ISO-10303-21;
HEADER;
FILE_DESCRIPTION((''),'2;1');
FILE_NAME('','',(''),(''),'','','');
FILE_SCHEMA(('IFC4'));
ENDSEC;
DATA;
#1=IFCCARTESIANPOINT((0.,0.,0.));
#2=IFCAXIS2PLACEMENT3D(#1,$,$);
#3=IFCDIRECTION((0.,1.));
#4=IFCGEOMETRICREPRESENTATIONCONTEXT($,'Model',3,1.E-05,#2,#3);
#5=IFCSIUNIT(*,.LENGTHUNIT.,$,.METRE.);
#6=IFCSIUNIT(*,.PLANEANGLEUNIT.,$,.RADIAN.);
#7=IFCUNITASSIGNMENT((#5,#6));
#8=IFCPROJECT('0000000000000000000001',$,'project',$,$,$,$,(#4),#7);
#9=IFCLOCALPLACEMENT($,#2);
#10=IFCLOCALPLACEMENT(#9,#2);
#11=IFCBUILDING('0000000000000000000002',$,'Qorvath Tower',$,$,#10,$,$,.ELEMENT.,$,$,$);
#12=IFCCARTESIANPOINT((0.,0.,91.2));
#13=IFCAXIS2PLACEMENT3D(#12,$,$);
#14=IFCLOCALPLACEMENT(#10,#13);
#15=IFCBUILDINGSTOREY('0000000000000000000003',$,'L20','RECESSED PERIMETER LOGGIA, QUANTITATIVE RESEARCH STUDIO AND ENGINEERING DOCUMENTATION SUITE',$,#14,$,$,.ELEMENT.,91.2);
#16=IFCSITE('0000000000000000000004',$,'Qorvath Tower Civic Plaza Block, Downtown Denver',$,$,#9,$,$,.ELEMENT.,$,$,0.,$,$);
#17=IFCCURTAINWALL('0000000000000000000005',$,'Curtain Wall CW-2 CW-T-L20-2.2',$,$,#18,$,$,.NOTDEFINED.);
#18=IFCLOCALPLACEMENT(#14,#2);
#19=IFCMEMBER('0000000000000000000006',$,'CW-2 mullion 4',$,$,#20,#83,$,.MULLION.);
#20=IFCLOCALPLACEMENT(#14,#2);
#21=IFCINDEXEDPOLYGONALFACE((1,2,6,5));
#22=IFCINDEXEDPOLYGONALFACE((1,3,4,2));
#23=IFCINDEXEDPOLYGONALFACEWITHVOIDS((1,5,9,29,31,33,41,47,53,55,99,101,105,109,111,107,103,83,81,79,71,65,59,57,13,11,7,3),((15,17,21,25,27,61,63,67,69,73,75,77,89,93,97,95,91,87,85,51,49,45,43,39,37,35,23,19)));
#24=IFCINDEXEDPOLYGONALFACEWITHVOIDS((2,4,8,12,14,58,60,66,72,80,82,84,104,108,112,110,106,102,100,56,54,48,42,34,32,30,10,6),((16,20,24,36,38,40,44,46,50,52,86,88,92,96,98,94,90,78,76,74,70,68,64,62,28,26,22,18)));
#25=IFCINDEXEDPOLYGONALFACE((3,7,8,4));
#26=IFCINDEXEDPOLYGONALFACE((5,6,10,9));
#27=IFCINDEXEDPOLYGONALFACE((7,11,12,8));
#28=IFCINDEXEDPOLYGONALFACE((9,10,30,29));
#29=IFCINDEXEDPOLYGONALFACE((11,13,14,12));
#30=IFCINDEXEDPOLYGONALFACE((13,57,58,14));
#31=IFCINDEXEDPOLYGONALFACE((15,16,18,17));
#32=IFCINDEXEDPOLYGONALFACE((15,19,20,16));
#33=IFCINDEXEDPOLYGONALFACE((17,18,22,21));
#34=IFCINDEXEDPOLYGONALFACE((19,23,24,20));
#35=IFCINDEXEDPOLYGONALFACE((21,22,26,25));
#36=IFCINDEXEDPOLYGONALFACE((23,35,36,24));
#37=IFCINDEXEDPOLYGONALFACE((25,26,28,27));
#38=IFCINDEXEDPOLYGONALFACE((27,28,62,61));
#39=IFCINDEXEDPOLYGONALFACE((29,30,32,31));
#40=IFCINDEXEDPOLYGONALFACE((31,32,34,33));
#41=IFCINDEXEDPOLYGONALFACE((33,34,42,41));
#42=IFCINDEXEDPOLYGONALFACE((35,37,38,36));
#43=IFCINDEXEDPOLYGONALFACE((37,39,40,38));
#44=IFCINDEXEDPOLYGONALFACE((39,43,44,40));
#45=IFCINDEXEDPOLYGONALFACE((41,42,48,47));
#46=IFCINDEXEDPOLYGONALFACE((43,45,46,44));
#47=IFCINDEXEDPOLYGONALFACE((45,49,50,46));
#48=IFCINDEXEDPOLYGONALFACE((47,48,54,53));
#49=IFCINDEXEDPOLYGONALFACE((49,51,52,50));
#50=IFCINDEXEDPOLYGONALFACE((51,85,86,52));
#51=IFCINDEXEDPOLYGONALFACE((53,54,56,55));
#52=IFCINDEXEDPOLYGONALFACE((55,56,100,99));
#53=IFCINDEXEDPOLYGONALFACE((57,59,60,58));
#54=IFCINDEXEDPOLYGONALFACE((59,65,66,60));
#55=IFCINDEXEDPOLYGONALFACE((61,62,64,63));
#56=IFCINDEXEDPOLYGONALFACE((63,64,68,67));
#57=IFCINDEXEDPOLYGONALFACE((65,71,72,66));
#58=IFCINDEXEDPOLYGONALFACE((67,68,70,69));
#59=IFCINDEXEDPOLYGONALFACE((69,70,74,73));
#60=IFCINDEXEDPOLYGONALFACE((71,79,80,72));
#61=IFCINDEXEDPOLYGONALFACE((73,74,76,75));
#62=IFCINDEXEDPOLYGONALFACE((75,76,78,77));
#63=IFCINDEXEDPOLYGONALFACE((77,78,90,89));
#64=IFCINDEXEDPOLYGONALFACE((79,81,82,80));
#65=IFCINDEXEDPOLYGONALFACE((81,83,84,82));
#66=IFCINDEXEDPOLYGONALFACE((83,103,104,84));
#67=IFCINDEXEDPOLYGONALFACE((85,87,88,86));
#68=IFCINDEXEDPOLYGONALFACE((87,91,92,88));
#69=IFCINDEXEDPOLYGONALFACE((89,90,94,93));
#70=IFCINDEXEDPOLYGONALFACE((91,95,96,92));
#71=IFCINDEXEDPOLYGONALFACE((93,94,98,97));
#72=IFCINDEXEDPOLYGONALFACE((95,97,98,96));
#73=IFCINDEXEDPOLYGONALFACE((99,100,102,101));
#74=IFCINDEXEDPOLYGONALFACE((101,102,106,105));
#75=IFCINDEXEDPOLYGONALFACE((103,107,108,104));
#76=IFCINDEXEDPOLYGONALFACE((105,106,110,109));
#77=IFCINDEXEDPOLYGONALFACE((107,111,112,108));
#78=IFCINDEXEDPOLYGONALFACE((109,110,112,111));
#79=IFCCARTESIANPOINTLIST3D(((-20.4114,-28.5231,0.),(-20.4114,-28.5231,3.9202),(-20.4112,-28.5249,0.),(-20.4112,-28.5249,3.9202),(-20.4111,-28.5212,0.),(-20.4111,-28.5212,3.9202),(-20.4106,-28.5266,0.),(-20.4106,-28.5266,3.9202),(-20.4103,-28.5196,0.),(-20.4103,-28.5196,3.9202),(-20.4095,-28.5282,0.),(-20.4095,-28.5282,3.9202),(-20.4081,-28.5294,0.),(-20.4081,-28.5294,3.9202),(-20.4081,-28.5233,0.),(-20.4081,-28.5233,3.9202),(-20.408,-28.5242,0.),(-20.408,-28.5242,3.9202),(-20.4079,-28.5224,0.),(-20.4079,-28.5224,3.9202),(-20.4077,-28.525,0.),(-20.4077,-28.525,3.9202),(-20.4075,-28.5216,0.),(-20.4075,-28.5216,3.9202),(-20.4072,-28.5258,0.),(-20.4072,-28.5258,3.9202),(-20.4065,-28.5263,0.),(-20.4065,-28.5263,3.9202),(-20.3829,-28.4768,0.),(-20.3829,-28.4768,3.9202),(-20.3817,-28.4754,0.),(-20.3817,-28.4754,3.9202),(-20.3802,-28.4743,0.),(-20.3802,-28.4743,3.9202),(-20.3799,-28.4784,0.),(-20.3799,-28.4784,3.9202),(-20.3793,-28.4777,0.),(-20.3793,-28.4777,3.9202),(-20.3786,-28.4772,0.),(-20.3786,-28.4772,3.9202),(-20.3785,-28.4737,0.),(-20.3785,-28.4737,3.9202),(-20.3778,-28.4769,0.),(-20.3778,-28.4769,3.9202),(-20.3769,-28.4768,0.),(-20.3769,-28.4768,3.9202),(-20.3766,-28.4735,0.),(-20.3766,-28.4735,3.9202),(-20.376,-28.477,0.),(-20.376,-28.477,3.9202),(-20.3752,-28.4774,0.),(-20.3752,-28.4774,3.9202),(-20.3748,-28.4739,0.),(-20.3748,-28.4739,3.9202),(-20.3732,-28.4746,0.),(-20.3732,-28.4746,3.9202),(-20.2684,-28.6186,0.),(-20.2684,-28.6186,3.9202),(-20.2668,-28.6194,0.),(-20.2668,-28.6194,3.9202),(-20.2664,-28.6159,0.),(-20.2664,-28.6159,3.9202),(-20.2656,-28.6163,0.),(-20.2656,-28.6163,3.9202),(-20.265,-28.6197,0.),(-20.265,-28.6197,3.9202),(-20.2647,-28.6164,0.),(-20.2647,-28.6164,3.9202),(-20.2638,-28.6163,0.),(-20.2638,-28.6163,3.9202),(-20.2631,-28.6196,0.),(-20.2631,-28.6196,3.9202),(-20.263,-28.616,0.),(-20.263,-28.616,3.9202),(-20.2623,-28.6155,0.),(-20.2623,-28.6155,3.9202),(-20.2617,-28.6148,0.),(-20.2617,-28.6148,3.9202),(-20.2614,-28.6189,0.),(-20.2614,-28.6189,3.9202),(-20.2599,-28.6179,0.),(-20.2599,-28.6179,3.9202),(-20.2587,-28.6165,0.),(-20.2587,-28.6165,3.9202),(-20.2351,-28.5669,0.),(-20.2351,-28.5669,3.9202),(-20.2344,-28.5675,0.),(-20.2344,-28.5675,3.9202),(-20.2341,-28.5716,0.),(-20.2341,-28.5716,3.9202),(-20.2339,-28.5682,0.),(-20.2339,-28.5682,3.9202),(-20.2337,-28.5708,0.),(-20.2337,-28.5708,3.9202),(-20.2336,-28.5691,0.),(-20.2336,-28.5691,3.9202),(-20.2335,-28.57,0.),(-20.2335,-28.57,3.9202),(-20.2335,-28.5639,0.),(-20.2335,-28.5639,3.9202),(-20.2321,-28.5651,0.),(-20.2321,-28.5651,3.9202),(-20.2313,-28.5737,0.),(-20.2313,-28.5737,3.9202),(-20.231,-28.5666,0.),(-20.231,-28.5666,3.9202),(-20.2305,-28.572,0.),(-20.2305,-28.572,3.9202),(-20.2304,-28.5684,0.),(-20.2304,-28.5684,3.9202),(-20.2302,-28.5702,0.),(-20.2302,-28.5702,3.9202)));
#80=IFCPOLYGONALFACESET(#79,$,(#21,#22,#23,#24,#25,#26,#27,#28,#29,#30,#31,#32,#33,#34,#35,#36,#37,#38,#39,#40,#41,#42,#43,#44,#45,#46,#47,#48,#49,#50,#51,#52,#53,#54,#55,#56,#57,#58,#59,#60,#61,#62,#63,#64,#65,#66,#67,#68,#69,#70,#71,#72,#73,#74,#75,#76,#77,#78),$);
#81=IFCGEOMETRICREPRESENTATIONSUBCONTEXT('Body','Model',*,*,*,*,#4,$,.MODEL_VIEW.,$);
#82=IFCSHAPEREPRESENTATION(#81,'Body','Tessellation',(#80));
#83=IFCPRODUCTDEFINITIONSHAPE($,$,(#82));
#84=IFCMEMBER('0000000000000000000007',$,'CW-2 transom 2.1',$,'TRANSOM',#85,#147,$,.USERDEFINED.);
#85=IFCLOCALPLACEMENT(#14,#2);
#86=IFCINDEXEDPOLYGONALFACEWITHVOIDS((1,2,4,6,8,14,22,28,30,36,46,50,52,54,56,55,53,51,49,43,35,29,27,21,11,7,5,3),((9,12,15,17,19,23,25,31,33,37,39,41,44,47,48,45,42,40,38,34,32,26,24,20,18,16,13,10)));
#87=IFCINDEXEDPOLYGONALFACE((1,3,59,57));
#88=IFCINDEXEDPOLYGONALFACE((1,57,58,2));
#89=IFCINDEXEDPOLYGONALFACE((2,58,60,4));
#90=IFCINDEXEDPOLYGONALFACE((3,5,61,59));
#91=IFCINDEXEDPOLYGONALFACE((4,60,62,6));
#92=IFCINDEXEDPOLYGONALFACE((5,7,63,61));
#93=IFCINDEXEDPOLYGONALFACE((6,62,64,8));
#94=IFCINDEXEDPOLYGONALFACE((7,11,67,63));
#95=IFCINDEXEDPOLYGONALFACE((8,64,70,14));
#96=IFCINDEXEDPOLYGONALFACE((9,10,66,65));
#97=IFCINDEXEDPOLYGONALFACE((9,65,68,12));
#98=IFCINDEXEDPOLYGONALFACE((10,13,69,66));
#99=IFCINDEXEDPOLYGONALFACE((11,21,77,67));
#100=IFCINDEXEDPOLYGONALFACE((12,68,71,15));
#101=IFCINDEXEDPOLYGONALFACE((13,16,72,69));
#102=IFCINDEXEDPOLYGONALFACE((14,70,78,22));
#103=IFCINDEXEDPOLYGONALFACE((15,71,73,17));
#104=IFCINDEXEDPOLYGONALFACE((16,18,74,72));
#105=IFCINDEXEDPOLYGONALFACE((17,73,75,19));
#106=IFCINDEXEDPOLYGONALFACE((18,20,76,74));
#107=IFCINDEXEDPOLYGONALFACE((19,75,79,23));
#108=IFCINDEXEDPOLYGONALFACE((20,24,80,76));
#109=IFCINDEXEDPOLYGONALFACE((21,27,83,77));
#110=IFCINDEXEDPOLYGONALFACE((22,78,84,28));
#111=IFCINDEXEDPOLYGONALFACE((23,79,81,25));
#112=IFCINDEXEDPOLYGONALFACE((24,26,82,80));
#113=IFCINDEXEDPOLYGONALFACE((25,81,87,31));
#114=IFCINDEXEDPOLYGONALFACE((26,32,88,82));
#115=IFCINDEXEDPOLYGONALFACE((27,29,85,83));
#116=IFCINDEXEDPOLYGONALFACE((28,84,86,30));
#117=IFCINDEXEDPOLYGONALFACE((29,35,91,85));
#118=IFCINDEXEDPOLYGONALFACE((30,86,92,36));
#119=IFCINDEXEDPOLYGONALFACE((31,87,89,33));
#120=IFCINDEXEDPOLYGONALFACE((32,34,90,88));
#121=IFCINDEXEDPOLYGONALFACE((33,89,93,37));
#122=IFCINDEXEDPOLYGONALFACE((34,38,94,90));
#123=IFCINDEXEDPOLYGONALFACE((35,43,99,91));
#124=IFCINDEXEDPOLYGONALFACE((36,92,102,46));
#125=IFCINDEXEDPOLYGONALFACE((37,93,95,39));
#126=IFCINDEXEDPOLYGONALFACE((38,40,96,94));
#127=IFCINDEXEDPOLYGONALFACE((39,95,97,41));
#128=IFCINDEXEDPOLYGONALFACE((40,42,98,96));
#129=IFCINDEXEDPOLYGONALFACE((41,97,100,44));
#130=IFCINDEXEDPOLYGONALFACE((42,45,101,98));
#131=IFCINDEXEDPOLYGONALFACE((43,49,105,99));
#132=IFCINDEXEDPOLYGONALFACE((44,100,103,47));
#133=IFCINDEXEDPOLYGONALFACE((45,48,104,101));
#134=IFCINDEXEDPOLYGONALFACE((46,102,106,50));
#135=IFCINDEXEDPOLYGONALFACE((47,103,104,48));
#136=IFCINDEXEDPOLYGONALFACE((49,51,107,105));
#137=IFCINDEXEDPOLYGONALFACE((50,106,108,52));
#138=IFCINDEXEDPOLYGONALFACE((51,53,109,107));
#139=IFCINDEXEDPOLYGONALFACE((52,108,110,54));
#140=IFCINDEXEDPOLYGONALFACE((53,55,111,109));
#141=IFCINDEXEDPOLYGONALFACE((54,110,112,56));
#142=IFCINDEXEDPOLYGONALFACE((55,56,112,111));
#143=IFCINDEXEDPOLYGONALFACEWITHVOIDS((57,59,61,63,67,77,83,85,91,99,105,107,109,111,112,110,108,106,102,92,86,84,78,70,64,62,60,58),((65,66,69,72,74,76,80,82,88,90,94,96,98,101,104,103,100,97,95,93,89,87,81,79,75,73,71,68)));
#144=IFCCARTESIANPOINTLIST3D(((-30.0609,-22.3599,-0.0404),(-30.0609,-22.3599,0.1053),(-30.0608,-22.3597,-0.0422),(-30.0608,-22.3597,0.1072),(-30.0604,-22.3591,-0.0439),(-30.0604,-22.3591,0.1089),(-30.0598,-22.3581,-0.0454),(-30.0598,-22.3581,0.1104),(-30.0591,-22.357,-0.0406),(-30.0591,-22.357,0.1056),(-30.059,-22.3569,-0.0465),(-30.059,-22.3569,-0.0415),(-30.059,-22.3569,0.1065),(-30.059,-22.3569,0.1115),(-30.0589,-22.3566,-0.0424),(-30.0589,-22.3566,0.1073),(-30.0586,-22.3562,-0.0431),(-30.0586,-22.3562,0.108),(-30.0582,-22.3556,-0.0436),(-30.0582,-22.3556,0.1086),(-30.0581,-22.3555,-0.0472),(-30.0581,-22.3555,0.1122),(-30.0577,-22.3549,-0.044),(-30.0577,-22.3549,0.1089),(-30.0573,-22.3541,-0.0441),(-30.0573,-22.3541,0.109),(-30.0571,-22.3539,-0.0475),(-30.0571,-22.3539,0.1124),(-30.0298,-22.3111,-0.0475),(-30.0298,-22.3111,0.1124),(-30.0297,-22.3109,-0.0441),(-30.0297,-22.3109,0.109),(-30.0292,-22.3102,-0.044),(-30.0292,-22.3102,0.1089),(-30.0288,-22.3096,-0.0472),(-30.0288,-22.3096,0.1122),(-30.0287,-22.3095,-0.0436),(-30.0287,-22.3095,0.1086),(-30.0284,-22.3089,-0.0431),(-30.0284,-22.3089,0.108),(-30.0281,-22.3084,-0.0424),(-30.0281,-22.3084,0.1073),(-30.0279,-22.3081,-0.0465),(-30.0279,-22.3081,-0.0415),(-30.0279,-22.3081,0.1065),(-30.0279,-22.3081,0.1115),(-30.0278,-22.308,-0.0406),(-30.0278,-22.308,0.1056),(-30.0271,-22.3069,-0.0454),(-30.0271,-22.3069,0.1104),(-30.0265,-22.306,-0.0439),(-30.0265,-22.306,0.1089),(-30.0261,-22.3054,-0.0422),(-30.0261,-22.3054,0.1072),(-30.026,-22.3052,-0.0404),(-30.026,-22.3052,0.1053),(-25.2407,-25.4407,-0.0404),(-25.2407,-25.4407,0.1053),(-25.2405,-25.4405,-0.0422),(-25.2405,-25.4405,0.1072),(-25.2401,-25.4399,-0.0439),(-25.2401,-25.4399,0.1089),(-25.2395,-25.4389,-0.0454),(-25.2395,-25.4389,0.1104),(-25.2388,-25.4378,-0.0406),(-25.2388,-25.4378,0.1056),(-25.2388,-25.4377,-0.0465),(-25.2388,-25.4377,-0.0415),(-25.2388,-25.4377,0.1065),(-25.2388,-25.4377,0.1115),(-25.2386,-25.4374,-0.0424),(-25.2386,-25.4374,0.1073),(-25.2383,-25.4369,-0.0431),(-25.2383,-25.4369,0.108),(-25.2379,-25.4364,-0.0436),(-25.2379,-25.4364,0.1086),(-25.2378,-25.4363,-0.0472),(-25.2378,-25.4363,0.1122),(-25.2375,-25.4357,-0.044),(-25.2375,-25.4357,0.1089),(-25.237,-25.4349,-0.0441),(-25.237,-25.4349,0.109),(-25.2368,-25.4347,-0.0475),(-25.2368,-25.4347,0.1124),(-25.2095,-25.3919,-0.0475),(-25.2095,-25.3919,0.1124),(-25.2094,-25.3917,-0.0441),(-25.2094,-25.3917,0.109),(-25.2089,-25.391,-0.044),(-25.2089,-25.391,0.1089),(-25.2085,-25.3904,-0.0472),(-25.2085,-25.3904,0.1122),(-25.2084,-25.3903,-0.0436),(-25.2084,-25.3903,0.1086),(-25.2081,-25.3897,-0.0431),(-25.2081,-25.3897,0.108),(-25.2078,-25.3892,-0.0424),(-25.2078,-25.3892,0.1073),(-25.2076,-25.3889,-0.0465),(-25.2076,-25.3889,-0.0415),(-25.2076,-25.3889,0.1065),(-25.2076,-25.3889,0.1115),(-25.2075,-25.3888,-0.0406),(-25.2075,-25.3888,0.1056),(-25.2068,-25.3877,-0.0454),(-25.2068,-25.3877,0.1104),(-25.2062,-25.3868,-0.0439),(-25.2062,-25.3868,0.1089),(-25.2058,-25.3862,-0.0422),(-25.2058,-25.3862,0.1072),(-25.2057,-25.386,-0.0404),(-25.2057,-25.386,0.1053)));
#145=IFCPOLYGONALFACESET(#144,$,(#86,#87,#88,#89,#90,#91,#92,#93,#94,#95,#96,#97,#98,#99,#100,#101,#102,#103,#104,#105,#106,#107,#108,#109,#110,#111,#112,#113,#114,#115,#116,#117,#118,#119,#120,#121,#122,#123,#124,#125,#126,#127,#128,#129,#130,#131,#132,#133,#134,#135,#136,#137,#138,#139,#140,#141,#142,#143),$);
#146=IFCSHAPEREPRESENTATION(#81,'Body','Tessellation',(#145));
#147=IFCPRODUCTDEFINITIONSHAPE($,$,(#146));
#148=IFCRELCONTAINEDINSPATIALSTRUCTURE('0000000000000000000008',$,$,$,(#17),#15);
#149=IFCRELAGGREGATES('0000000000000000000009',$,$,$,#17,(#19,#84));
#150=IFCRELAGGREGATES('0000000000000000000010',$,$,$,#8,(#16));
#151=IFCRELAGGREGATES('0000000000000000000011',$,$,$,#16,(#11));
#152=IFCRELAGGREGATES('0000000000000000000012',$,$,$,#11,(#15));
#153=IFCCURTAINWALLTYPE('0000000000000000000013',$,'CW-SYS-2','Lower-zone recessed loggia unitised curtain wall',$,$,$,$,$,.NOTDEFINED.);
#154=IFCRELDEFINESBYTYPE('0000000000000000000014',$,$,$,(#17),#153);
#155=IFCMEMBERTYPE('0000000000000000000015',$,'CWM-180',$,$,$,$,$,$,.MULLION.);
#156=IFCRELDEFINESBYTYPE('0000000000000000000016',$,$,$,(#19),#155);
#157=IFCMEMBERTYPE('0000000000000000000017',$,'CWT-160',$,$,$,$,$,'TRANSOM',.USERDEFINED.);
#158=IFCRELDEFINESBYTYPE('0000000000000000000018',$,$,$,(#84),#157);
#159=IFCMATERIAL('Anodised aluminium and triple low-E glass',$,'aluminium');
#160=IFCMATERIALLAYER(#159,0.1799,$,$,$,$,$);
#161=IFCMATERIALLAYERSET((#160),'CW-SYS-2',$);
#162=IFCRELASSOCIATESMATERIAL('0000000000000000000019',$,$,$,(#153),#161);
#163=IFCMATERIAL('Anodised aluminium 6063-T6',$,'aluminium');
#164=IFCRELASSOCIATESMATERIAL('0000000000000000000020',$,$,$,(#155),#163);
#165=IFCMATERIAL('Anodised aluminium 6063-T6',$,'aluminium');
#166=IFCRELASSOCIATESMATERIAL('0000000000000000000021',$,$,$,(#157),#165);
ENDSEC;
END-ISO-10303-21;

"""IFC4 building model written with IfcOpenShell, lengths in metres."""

from ifc_helpers import new_model, si_unit, direction, frame, origin, origin_2d, place, context, subcontext, project, spatial, hollow_rectangle, extrude, material, layer, layer_set, material_profile, profile_set, type_object, element, aggregate, save


model = new_model("IFC4")

# Units and contexts
model_context = context("Model", 3, precision=1e-05, world=origin(), true_north=direction((0.0, 1.0)))
body_context = subcontext(model_context, "Body", "Model", "MODEL_VIEW")
ifc_project = project(units=[si_unit("LENGTHUNIT", "METRE"), si_unit("PLANEANGLEUNIT", "RADIAN")], contexts=[model_context])

# Site, building, storey
site_placement = place(None, origin())
site = spatial("IfcSite", under=ifc_project, at=site_placement, Name="Qorvath Tower Civic Plaza Block, Downtown Denver", CompositionType="ELEMENT", RefElevation=0.0)
building_placement = place(site_placement, origin())
building = spatial("IfcBuilding", under=site, at=building_placement, Name="Qorvath Tower", CompositionType="ELEMENT")
storey_placement = place(building_placement, frame((0.0, 0.0, 91.2)))
storey = spatial("IfcBuildingStorey", under=building, at=storey_placement, Name="L20", Description="RECESSED PERIMETER LOGGIA, QUANTITATIVE RESEARCH STUDIO AND ENGINEERING DOCUMENTATION SUITE", CompositionType="ELEMENT", Elevation=91.2)

# Curtain wall, members
ifc_material_1 = material(Name="Anodised aluminium and triple low-E glass", Category="aluminium")
ifc_layer_1 = layer(ifc_material_1, 0.1799)
ifc_layer_set_1 = layer_set([ifc_layer_1], Name="CW-SYS-2")
curtain_wall_type = type_object("IfcCurtainWallType", Name="CW-SYS-2", Description="Lower-zone recessed loggia unitised curtain wall", PredefinedType="NOTDEFINED", material=ifc_layer_set_1)
curtain_wall_placement = place(storey_placement, origin())
curtain_wall = element("IfcCurtainWall", 1, at=curtain_wall_placement, inside=storey, type_object=curtain_wall_type, Name="Curtain Wall CW-2 CW-T-L20-2.2", PredefinedType="NOTDEFINED")
ifc_material_2 = material(Name="Anodised aluminium 6063-T6", Category="aluminium")
ifc_material_profile_1 = material_profile(ifc_material_2, hollow_rectangle(XDim=0.0649, YDim=0.1799, WallThickness=0.0034, InnerFilletRadius=0.0034, OuterFilletRadius=0.0071, at=origin_2d()), Name="CWM 180x65")
ifc_profile_set_1 = profile_set([ifc_material_profile_1], Name="Anodised aluminium 6063-T6")
member_type_1 = type_object("IfcMemberType", Name="CWM-180", PredefinedType="MULLION", material=ifc_profile_set_1)
member_1_placement = place(storey_placement, frame((-20.3208, -28.5466, 0.0), z_axis=(0.0, 0.0, 1.0), x_axis=(0.538539, 0.842601, 0.0)))
member_1 = element("IfcMember", 2, at=member_1_placement, type_object=member_type_1, Name="CW-2 mullion 4", PredefinedType="MULLION", context=body_context, shape_type="SweptSolid", body=[
    extrude(hollow_rectangle(XDim=0.0649, YDim=0.1799, WallThickness=0.0034, InnerFilletRadius=0.0034, OuterFilletRadius=0.0071, at=origin_2d()), origin(), (0.0, 0.0, 1.0), 3.9202),
])
ifc_material_3 = material(Name="Anodised aluminium 6063-T6", Category="aluminium")
ifc_material_profile_2 = material_profile(ifc_material_3, hollow_rectangle(XDim=0.0649, YDim=0.1599, WallThickness=0.0034, InnerFilletRadius=0.0034, OuterFilletRadius=0.0071, at=origin_2d()), Name="CWT 160x65")
ifc_profile_set_2 = profile_set([ifc_material_profile_2], Name="Anodised aluminium 6063-T6")
member_type_2 = type_object("IfcMemberType", Name="CWT-160", ElementType="TRANSOM", PredefinedType="USERDEFINED", material=ifc_profile_set_2)
member_2_placement = place(storey_placement, frame((-30.0435, -22.3325, 0.0325), z_axis=(0.842604, -0.538534, 0.0), x_axis=(0.538534, 0.842604, 0.0)))
member_2 = element("IfcMember", 3, at=member_2_placement, type_object=member_type_2, Name="CW-2 transom 2.1", ObjectType="TRANSOM", PredefinedType="USERDEFINED", context=body_context, shape_type="SweptSolid", body=[
    extrude(hollow_rectangle(XDim=0.0649, YDim=0.1599, WallThickness=0.0034, InnerFilletRadius=0.0034, OuterFilletRadius=0.0071, at=origin_2d()), origin(), (0.0, 0.0, 1.0), 5.7207),
])
aggregate(curtain_wall, [member_1, member_2])

save(model, "model.ifc")
